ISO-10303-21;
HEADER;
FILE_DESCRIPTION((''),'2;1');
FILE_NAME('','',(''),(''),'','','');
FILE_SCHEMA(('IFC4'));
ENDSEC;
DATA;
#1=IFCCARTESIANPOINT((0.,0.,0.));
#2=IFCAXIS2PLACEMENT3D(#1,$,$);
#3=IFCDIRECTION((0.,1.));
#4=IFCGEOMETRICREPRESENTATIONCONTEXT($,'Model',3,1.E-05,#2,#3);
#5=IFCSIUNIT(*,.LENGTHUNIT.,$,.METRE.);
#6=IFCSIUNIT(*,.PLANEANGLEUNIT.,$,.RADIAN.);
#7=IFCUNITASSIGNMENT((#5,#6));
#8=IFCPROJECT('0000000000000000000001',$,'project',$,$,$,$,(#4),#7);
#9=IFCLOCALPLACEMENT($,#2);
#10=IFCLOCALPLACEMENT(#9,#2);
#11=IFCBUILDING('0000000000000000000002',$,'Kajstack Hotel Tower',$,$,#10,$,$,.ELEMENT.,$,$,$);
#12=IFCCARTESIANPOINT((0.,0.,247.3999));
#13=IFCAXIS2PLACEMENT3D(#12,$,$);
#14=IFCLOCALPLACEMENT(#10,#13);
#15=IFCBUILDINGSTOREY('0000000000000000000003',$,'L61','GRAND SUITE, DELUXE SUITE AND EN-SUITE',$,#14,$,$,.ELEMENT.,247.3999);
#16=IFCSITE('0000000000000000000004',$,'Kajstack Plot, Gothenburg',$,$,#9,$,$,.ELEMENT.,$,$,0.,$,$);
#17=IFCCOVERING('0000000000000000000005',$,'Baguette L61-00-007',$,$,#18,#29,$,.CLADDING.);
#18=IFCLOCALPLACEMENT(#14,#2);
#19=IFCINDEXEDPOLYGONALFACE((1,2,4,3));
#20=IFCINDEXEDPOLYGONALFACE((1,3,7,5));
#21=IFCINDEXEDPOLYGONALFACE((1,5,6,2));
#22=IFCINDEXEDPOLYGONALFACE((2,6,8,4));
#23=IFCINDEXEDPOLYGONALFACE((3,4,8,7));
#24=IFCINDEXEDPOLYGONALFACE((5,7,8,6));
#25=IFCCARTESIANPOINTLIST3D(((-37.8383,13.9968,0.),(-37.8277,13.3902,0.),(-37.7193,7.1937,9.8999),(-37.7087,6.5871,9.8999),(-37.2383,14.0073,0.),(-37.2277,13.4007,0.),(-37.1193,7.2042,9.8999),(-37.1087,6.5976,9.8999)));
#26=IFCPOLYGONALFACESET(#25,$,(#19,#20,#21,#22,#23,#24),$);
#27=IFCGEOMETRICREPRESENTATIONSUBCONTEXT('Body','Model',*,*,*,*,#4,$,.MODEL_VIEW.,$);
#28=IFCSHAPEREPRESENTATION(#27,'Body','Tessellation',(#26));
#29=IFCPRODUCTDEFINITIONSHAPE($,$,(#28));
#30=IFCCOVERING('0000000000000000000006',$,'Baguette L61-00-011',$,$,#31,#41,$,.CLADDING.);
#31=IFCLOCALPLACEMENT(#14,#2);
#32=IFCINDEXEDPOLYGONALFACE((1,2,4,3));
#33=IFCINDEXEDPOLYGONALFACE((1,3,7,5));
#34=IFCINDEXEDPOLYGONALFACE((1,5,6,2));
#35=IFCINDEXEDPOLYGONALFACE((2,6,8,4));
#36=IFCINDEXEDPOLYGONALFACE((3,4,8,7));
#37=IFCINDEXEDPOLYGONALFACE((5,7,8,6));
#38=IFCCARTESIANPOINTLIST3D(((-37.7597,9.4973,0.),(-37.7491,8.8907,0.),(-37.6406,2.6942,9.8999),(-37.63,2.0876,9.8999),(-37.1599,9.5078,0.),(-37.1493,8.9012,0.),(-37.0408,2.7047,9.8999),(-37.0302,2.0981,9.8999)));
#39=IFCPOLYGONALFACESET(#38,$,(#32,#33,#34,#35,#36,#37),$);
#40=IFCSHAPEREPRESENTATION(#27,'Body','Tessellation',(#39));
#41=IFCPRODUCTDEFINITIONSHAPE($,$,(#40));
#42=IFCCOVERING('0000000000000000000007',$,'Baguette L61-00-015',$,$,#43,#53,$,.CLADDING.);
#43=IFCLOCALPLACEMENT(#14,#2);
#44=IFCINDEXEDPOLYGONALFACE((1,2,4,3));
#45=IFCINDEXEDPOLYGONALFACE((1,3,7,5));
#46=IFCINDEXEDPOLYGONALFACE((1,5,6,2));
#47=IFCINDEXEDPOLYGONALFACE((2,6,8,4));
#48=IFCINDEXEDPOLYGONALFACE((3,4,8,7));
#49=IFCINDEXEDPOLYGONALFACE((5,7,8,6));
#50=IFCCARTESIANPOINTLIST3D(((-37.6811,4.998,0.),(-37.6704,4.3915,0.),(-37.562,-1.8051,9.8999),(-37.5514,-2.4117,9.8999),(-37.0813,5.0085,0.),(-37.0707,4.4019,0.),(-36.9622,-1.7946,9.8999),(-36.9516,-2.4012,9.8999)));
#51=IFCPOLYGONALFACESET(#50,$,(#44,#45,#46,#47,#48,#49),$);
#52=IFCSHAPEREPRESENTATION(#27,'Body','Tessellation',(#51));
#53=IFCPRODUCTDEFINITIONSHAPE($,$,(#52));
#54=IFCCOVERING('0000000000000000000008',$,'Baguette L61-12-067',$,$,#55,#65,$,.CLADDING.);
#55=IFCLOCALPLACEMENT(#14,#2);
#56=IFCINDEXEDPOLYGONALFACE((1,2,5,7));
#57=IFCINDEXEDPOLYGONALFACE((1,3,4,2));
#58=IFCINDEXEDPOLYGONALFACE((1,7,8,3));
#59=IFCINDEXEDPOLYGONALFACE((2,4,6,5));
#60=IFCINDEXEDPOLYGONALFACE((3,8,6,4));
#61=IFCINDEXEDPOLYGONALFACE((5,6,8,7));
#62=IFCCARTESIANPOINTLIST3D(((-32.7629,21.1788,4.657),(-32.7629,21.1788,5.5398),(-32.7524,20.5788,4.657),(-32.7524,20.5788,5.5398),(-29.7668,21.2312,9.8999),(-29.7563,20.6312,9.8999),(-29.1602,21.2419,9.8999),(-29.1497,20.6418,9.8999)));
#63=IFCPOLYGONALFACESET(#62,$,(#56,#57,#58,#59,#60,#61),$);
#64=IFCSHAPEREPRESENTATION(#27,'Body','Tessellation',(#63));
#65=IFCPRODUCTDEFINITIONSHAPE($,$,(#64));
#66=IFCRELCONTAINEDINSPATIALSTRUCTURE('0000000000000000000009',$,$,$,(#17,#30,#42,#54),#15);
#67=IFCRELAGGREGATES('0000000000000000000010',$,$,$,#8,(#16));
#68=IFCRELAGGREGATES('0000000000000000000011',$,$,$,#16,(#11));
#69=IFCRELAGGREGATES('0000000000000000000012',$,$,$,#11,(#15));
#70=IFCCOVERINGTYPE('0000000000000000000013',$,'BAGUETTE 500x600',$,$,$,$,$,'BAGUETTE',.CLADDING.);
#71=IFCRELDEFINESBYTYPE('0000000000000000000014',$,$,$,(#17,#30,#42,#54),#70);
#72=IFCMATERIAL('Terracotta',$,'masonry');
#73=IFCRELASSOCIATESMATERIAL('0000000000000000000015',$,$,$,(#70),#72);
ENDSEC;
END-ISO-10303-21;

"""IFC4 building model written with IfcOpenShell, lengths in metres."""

from ifc_helpers import new_model, si_unit, direction, frame, origin, origin_2d, place, context, subcontext, project, spatial, polyline, rectangle, outline, extrude, material, material_profile, profile_set, type_object, element, save


model = new_model("IFC4")

# Units and contexts
model_context = context("Model", 3, precision=1e-05, world=origin(), true_north=direction((0.0, 1.0)))
body_context = subcontext(model_context, "Body", "Model", "MODEL_VIEW")
ifc_project = project(units=[si_unit("LENGTHUNIT", "METRE"), si_unit("PLANEANGLEUNIT", "RADIAN")], contexts=[model_context])

# Site, building, storey
site_placement = place(None, origin())
site = spatial("IfcSite", under=ifc_project, at=site_placement, Name="Kajstack Plot, Gothenburg", CompositionType="ELEMENT", RefElevation=0.0)
building_placement = place(site_placement, origin())
building = spatial("IfcBuilding", under=site, at=building_placement, Name="Kajstack Hotel Tower", CompositionType="ELEMENT")
storey_placement = place(building_placement, frame((0.0, 0.0, 247.3999)))
storey = spatial("IfcBuildingStorey", under=building, at=storey_placement, Name="L61", Description="GRAND SUITE, DELUXE SUITE AND EN-SUITE", CompositionType="ELEMENT", Elevation=247.3999)

# Coverings
ifc_material_1 = material(Name="Terracotta", Category="masonry")
ifc_material_profile = material_profile(ifc_material_1, rectangle(XDim=0.6001, YDim=0.5, at=origin_2d()), Name="Terracotta-clad concrete baguette 500 x 600")
ifc_profile_set = profile_set([ifc_material_profile], Name="Terracotta")
covering_type = type_object("IfcCoveringType", Name="BAGUETTE 500x600", ElementType="BAGUETTE", PredefinedType="CLADDING", material=ifc_profile_set)
covering_1_placement = place(storey_placement, frame((-37.2383, 14.0073, 0.0), z_axis=(-0.999847, -0.017491, 0.0), x_axis=(0.017491, -0.999847, 0.0)))
element("IfcCovering", 1, at=covering_1_placement, inside=storey, type_object=covering_type, Name="Baguette L61-00-007", PredefinedType="CLADDING", context=body_context, shape_type="SweptSolid", body=[
    extrude(outline(polyline([(6.8042, 9.8999), (0.0, 0.0), (0.6067, 0.0), (7.4109, 9.8999), (6.8042, 9.8999)])), origin(), (0.0, 0.0, 1.0), 0.6001),
])
for number, where, z_axis, x_axis, name in (
    (2, (-37.1599, 9.5078, 0.0), (-0.999847, -0.017498, 0.0), (0.017498, -0.999847, 0.0), "Baguette L61-00-011"),
    (3, (-37.0813, 5.0085, 0.0), (-0.999847, -0.017498, 0.0), (0.017498, -0.999847, 0.0), "Baguette L61-00-015"),
):
    element("IfcCovering", number, at=place(storey_placement, frame(where, z_axis=z_axis, x_axis=x_axis)), inside=storey, type_object=covering_type, Name=name, PredefinedType="CLADDING", context=body_context, shape_type="SweptSolid", body=[
        extrude(outline(polyline([(6.8042, 9.8999), (0.0, 0.0), (0.6067, 0.0), (7.4109, 9.8999), (6.8042, 9.8999)])), origin(), (0.0, 0.0, 1.0), 0.5999),
    ])
covering_2_placement = place(storey_placement, frame((-29.1497, 20.6418, 0.0), z_axis=(-0.017491, 0.999847, 0.0), x_axis=(-0.999847, -0.017491, 0.0)))
element("IfcCovering", 4, at=covering_2_placement, inside=storey, type_object=covering_type, Name="Baguette L61-12-067", PredefinedType="CLADDING", context=body_context, shape_type="SweptSolid", body=[
    extrude(outline(polyline([(0.0, 9.8999), (3.6033, 4.657), (3.6033, 5.5398), (0.6067, 9.8999), (0.0, 9.8999)])), origin(), (0.0, 0.0, 1.0), 0.6001),
])

save(model, "model.ifc")
